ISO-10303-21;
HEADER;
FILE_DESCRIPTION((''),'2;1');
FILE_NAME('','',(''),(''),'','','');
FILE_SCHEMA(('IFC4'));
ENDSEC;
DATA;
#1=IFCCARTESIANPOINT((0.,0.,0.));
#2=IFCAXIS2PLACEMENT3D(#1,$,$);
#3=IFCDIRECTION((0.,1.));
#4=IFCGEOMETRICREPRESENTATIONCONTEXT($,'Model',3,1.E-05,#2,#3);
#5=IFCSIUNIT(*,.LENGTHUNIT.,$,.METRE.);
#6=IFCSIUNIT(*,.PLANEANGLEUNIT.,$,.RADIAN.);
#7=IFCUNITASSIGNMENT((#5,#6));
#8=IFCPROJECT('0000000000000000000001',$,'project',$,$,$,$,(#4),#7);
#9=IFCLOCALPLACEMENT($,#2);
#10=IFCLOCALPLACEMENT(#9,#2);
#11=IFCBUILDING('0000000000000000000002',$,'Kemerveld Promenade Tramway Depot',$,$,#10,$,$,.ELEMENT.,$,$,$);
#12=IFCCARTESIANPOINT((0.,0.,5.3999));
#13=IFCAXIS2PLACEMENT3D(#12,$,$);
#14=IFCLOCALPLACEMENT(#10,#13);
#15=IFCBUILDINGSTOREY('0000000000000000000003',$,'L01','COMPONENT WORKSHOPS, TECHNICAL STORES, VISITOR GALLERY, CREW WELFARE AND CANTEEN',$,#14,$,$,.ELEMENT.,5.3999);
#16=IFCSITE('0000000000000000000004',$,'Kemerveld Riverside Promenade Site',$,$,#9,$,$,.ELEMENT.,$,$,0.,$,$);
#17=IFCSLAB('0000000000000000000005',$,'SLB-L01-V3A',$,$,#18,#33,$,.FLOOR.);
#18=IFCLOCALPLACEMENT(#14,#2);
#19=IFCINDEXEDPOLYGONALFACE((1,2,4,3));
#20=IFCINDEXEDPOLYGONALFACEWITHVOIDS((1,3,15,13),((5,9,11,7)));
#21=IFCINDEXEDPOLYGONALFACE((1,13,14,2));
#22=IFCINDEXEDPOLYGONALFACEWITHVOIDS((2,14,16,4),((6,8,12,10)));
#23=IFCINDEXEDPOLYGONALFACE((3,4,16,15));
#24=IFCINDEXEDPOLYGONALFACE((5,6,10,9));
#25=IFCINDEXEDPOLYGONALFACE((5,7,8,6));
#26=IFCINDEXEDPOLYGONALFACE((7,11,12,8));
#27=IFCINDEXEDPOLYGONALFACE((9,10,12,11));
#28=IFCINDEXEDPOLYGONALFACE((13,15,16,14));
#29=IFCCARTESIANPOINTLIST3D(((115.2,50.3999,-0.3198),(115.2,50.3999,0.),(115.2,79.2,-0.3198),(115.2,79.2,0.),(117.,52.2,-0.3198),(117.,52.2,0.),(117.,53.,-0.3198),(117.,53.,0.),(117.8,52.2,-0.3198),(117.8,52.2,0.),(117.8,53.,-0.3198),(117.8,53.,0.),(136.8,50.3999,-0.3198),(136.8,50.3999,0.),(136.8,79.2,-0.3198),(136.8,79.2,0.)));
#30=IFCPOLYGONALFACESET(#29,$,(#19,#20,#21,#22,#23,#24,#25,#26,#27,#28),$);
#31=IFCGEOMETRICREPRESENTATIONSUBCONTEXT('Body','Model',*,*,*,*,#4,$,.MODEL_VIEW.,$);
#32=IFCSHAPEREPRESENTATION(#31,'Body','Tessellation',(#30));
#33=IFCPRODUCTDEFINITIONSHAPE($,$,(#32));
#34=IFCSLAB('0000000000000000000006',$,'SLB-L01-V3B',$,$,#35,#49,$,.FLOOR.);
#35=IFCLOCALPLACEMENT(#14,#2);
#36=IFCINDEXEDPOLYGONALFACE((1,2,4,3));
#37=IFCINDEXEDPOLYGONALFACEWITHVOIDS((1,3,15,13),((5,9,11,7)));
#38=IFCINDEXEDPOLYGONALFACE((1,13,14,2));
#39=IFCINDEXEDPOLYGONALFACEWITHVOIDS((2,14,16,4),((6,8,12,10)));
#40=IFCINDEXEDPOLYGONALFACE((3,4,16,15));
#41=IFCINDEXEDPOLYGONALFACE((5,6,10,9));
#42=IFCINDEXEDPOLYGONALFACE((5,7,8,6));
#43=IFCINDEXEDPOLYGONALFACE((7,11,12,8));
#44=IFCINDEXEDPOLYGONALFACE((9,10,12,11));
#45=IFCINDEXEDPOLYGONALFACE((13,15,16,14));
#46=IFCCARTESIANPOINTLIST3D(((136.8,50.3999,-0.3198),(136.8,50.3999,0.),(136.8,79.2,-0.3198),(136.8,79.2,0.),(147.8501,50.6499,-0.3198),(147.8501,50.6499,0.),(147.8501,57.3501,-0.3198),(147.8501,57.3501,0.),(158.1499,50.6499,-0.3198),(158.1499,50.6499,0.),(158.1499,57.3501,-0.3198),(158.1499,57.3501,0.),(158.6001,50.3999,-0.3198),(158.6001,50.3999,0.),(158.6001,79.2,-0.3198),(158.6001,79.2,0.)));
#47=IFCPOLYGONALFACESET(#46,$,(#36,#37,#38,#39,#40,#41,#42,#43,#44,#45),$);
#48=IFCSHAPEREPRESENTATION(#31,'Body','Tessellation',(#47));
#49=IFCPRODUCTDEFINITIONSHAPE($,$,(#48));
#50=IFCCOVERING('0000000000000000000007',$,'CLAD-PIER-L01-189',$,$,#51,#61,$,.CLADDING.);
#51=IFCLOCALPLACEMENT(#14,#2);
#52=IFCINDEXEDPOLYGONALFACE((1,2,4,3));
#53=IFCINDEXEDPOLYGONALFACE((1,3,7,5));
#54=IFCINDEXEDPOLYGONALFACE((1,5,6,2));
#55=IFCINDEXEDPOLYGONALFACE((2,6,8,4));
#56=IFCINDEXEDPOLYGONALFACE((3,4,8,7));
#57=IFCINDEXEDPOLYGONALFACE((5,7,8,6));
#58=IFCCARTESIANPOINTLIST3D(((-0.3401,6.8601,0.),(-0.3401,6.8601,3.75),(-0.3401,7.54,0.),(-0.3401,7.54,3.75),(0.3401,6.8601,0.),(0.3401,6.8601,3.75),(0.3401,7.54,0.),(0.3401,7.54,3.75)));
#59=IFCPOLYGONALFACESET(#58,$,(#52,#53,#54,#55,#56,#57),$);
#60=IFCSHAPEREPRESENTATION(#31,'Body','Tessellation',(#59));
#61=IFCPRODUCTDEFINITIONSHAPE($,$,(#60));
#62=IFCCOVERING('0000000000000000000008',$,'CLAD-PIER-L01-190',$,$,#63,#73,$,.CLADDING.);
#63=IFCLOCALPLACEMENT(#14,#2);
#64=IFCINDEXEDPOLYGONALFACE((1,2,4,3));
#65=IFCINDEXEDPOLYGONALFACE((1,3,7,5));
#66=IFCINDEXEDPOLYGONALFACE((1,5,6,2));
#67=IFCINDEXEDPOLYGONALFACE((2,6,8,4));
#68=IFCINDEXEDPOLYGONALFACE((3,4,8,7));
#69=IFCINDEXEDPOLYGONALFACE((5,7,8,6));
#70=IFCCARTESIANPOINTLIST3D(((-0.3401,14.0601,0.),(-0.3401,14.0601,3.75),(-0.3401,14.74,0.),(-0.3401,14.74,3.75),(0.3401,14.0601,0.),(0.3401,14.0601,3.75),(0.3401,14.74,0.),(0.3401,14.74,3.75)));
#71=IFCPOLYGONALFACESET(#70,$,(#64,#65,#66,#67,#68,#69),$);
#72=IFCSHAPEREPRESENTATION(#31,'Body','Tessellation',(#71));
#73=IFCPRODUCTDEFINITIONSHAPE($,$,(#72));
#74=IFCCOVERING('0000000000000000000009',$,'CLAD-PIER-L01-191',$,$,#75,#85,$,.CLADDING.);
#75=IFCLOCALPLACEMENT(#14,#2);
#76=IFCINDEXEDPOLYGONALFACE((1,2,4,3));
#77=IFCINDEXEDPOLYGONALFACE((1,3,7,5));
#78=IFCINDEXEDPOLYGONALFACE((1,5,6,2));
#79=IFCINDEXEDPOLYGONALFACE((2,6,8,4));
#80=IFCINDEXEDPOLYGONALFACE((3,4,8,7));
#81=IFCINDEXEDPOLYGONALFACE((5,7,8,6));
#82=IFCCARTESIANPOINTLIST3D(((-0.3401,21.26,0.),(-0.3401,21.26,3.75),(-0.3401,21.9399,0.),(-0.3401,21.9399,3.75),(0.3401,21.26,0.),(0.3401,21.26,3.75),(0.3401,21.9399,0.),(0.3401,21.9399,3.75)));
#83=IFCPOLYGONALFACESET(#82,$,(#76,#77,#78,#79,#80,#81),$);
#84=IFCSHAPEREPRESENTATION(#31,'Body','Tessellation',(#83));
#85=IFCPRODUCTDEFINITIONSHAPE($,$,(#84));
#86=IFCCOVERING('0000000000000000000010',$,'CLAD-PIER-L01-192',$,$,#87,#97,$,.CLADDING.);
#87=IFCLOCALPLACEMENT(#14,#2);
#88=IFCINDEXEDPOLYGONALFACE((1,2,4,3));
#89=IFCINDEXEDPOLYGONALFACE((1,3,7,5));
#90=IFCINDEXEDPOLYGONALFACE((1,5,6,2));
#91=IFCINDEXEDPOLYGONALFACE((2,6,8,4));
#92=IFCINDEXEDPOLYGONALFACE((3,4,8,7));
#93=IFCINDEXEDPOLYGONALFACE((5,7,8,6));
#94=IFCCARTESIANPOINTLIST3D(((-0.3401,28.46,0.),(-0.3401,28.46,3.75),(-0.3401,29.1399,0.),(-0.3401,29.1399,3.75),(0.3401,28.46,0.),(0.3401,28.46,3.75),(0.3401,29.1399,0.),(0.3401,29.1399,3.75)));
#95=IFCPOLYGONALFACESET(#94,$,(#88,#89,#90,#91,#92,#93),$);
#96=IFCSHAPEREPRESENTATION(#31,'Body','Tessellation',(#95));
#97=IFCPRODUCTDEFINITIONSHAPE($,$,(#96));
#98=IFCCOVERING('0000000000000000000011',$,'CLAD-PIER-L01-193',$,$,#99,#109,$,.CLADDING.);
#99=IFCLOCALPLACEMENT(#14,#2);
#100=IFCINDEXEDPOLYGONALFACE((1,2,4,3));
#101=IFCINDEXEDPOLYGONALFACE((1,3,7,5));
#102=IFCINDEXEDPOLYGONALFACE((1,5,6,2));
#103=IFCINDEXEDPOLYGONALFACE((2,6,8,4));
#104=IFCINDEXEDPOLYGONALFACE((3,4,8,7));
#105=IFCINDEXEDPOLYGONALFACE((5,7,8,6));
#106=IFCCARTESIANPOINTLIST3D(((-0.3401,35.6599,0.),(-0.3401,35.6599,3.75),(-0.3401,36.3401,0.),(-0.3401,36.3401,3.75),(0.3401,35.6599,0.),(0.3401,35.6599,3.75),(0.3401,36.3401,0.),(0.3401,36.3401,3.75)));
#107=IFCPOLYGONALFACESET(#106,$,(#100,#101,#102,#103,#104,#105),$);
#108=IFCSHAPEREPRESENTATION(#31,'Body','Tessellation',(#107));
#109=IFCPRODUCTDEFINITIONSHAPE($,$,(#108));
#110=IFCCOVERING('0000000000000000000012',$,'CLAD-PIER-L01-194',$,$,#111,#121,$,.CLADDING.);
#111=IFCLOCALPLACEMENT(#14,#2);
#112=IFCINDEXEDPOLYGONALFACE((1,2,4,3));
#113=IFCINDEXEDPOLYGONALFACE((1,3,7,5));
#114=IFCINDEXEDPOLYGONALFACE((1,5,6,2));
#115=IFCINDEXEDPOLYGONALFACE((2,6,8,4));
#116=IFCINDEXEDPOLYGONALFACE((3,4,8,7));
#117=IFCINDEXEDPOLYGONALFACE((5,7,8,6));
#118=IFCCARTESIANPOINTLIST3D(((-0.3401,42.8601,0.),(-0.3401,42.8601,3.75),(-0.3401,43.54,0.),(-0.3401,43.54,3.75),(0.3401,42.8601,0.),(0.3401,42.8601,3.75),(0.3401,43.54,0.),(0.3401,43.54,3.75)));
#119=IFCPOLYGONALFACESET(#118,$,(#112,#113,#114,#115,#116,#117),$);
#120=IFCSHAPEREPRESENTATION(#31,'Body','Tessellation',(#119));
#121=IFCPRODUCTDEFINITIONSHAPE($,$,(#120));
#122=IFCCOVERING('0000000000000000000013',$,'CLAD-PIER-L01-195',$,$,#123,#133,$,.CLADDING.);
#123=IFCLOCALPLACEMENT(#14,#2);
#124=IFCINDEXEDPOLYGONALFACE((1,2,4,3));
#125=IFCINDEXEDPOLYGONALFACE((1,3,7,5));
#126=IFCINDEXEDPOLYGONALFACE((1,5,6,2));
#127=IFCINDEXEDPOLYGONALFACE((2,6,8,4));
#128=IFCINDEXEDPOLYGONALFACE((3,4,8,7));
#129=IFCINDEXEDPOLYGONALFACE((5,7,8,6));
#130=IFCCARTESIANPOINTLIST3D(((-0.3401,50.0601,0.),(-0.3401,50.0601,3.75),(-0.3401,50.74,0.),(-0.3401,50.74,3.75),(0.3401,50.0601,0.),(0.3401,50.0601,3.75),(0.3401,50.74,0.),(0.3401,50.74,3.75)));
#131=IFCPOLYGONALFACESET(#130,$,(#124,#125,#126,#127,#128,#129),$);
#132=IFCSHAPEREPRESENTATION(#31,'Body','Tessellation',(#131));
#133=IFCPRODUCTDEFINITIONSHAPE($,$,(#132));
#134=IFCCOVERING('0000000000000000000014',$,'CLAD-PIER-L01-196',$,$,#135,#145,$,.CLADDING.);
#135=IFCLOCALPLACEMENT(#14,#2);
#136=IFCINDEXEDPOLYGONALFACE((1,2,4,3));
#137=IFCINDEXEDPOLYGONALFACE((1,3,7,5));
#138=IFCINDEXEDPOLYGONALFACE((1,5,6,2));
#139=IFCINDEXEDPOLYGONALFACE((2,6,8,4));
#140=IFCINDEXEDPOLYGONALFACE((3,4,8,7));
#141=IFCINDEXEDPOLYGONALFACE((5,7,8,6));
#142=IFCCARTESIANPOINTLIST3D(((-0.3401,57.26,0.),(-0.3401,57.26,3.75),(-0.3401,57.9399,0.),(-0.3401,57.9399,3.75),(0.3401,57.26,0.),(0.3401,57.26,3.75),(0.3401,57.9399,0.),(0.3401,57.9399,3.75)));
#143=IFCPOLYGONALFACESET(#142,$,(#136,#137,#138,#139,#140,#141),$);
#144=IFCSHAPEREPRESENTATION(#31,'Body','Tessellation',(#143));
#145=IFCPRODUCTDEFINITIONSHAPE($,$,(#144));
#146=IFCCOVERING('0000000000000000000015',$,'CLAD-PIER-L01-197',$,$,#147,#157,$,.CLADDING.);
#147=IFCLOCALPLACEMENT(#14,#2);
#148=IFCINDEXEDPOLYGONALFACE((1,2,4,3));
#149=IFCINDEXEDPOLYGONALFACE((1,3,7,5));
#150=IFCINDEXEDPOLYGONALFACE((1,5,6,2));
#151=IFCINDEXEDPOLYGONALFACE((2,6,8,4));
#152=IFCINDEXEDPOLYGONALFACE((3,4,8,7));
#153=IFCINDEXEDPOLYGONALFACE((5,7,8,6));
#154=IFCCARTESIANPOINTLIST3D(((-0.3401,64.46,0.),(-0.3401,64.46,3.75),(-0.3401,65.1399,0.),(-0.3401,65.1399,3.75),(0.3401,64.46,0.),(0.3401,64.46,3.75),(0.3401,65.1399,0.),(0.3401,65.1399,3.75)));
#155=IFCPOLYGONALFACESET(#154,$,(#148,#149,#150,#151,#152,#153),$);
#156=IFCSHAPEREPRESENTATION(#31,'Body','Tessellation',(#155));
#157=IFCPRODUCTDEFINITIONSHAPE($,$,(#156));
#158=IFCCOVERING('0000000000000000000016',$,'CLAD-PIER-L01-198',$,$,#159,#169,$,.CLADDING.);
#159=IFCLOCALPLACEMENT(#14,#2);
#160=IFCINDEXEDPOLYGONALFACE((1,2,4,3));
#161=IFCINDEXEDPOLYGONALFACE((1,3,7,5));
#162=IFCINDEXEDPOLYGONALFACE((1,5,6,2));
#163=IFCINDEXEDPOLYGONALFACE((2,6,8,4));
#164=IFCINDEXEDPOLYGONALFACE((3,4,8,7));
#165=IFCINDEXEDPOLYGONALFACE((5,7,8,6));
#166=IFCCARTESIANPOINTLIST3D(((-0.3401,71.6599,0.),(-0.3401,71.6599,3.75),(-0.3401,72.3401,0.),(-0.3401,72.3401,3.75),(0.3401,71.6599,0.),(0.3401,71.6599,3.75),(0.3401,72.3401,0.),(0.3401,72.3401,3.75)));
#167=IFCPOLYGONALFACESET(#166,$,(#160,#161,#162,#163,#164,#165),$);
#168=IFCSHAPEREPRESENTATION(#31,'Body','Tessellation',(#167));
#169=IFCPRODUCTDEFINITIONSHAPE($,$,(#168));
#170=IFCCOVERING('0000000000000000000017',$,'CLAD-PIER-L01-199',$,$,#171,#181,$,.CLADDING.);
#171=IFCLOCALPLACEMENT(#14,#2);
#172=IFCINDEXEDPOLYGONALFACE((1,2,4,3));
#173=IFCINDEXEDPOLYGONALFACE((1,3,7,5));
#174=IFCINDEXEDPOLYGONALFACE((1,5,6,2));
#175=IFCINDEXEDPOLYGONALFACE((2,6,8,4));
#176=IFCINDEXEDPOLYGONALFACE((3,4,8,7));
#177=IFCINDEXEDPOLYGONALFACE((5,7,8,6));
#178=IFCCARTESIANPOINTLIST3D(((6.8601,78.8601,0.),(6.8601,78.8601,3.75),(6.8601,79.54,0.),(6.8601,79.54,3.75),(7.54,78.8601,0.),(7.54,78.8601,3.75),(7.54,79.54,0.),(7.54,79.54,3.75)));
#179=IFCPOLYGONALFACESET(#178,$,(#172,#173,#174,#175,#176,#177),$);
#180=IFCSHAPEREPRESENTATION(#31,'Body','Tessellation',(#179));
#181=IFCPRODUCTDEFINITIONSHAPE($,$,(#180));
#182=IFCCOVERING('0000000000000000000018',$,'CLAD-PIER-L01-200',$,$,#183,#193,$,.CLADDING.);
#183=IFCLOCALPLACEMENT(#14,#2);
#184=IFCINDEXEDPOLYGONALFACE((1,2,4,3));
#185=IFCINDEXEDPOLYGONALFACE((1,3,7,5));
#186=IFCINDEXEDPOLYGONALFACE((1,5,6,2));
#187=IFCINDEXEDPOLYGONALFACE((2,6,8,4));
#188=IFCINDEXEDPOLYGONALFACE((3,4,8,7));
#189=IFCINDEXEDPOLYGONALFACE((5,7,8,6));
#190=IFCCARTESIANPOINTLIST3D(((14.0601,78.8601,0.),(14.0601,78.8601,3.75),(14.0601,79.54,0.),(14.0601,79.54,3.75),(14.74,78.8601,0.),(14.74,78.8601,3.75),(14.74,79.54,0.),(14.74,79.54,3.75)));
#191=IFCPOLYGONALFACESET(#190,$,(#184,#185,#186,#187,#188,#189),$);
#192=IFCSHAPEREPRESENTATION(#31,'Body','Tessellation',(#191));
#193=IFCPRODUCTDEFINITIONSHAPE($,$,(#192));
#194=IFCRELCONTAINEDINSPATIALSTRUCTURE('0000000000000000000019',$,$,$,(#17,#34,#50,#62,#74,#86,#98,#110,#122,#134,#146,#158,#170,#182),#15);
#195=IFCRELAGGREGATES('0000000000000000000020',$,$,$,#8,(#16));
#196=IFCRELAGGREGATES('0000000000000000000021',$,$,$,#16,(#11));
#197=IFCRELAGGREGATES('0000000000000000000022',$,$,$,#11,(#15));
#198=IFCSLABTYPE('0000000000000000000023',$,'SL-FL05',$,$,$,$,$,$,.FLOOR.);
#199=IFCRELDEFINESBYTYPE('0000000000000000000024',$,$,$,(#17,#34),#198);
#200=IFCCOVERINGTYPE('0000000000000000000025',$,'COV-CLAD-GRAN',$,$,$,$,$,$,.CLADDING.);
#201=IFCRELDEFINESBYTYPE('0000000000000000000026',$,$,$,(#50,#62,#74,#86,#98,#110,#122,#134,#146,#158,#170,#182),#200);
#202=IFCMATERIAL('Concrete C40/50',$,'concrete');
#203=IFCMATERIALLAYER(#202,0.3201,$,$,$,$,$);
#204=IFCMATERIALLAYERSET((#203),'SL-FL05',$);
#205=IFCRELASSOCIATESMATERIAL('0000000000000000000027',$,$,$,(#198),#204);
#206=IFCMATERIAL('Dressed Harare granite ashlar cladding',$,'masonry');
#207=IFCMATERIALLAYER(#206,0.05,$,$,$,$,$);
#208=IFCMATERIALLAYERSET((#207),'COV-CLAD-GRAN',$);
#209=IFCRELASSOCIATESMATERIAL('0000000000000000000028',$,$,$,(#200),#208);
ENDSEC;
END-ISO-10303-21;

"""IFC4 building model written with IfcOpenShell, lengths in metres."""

from ifc_helpers import new_model, si_unit, direction, frame, origin, place, context, subcontext, project, spatial, polyline, outline, extrude, material, layer, layer_set, type_object, element, save


model = new_model("IFC4")

# Units and contexts
model_context = context("Model", 3, precision=1e-05, world=origin(), true_north=direction((0.0, 1.0)))
body_context = subcontext(model_context, "Body", "Model", "MODEL_VIEW")
ifc_project = project(units=[si_unit("LENGTHUNIT", "METRE"), si_unit("PLANEANGLEUNIT", "RADIAN")], contexts=[model_context])

# Site, building, storey
site_placement = place(None, origin())
site = spatial("IfcSite", under=ifc_project, at=site_placement, Name="Kemerveld Riverside Promenade Site", CompositionType="ELEMENT", RefElevation=0.0)
building_placement = place(site_placement, origin())
building = spatial("IfcBuilding", under=site, at=building_placement, Name="Kemerveld Promenade Tramway Depot", CompositionType="ELEMENT")
storey_placement = place(building_placement, frame((0.0, 0.0, 5.3999)))
storey = spatial("IfcBuildingStorey", under=building, at=storey_placement, Name="L01", Description="COMPONENT WORKSHOPS, TECHNICAL STORES, VISITOR GALLERY, CREW WELFARE AND CANTEEN", CompositionType="ELEMENT", Elevation=5.3999)

# Shared definitions
ifc_material_1 = material(Name="Concrete C40/50", Category="concrete")

# Slabs
ifc_layer_1 = layer(ifc_material_1, 0.3201)
ifc_layer_set_1 = layer_set([ifc_layer_1], Name="SL-FL05")
slab_type_1 = type_object("IfcSlabType", Name="SL-FL05", PredefinedType="FLOOR", material=ifc_layer_set_1)
slab_1_placement = place(storey_placement, frame((0.0, 0.0, -0.3198)))
element("IfcSlab", 1, at=slab_1_placement, inside=storey, type_object=slab_type_1, Name="SLB-L01-V3A", PredefinedType="FLOOR", context=body_context, shape_type="SweptSolid", body=[
    extrude(outline(polyline([(115.2, 50.3999), (136.8, 50.3999), (136.8, 79.2), (115.2, 79.2), (115.2, 50.3999)]), holes=[polyline([(117.0, 52.2), (117.8, 52.2), (117.8, 53.0), (117.0, 53.0), (117.0, 52.2)])]), origin(), (0.0, 0.0, 1.0), 0.3198),
])
slab_2_placement = place(storey_placement, frame((0.0, 0.0, -0.3198)))
element("IfcSlab", 2, at=slab_2_placement, inside=storey, type_object=slab_type_1, Name="SLB-L01-V3B", PredefinedType="FLOOR", context=body_context, shape_type="SweptSolid", body=[
    extrude(outline(polyline([(136.8, 50.3999), (158.6001, 50.3999), (158.6001, 79.2), (136.8, 79.2), (136.8, 50.3999)]), holes=[polyline([(147.8501, 50.6499), (158.1499, 50.6499), (158.1499, 57.3501), (147.8501, 57.3501), (147.8501, 50.6499)])]), origin(), (0.0, 0.0, 1.0), 0.3198),
])

# Coverings
ifc_material_2 = material(Name="Dressed Harare granite ashlar cladding", Category="masonry")
ifc_layer_2 = layer(ifc_material_2, 0.05)
ifc_layer_set_2 = layer_set([ifc_layer_2], Name="COV-CLAD-GRAN")
covering_type = type_object("IfcCoveringType", Name="COV-CLAD-GRAN", PredefinedType="CLADDING", material=ifc_layer_set_2)
covering_1_placement = place(storey_placement, origin())
element("IfcCovering", 3, at=covering_1_placement, inside=storey, type_object=covering_type, Name="CLAD-PIER-L01-189", PredefinedType="CLADDING", context=body_context, shape_type="SweptSolid", body=[
    extrude(outline(polyline([(-0.3401, 6.8601), (0.3401, 6.8601), (0.3401, 7.54), (-0.3401, 7.54), (-0.3401, 6.8601)])), origin(), (0.0, 0.0, 1.0), 3.75),
])
covering_2_placement = place(storey_placement, origin())
element("IfcCovering", 4, at=covering_2_placement, inside=storey, type_object=covering_type, Name="CLAD-PIER-L01-190", PredefinedType="CLADDING", context=body_context, shape_type="SweptSolid", body=[
    extrude(outline(polyline([(-0.3401, 14.0601), (0.3401, 14.0601), (0.3401, 14.74), (-0.3401, 14.74), (-0.3401, 14.0601)])), origin(), (0.0, 0.0, 1.0), 3.75),
])
covering_3_placement = place(storey_placement, origin())
element("IfcCovering", 5, at=covering_3_placement, inside=storey, type_object=covering_type, Name="CLAD-PIER-L01-191", PredefinedType="CLADDING", context=body_context, shape_type="SweptSolid", body=[
    extrude(outline(polyline([(-0.3401, 21.26), (0.3401, 21.26), (0.3401, 21.9399), (-0.3401, 21.9399), (-0.3401, 21.26)])), origin(), (0.0, 0.0, 1.0), 3.75),
])
covering_4_placement = place(storey_placement, origin())
element("IfcCovering", 6, at=covering_4_placement, inside=storey, type_object=covering_type, Name="CLAD-PIER-L01-192", PredefinedType="CLADDING", context=body_context, shape_type="SweptSolid", body=[
    extrude(outline(polyline([(-0.3401, 28.46), (0.3401, 28.46), (0.3401, 29.1399), (-0.3401, 29.1399), (-0.3401, 28.46)])), origin(), (0.0, 0.0, 1.0), 3.75),
])
covering_5_placement = place(storey_placement, origin())
element("IfcCovering", 7, at=covering_5_placement, inside=storey, type_object=covering_type, Name="CLAD-PIER-L01-193", PredefinedType="CLADDING", context=body_context, shape_type="SweptSolid", body=[
    extrude(outline(polyline([(-0.3401, 35.6599), (0.3401, 35.6599), (0.3401, 36.3401), (-0.3401, 36.3401), (-0.3401, 35.6599)])), origin(), (0.0, 0.0, 1.0), 3.75),
])
covering_6_placement = place(storey_placement, origin())
element("IfcCovering", 8, at=covering_6_placement, inside=storey, type_object=covering_type, Name="CLAD-PIER-L01-194", PredefinedType="CLADDING", context=body_context, shape_type="SweptSolid", body=[
    extrude(outline(polyline([(-0.3401, 42.8601), (0.3401, 42.8601), (0.3401, 43.54), (-0.3401, 43.54), (-0.3401, 42.8601)])), origin(), (0.0, 0.0, 1.0), 3.75),
])
covering_7_placement = place(storey_placement, origin())
element("IfcCovering", 9, at=covering_7_placement, inside=storey, type_object=covering_type, Name="CLAD-PIER-L01-195", PredefinedType="CLADDING", context=body_context, shape_type="SweptSolid", body=[
    extrude(outline(polyline([(-0.3401, 50.0601), (0.3401, 50.0601), (0.3401, 50.74), (-0.3401, 50.74), (-0.3401, 50.0601)])), origin(), (0.0, 0.0, 1.0), 3.75),
])
covering_8_placement = place(storey_placement, origin())
element("IfcCovering", 10, at=covering_8_placement, inside=storey, type_object=covering_type, Name="CLAD-PIER-L01-196", PredefinedType="CLADDING", context=body_context, shape_type="SweptSolid", body=[
    extrude(outline(polyline([(-0.3401, 57.26), (0.3401, 57.26), (0.3401, 57.9399), (-0.3401, 57.9399), (-0.3401, 57.26)])), origin(), (0.0, 0.0, 1.0), 3.75),
])
covering_9_placement = place(storey_placement, origin())
element("IfcCovering", 11, at=covering_9_placement, inside=storey, type_object=covering_type, Name="CLAD-PIER-L01-197", PredefinedType="CLADDING", context=body_context, shape_type="SweptSolid", body=[
    extrude(outline(polyline([(-0.3401, 64.46), (0.3401, 64.46), (0.3401, 65.1399), (-0.3401, 65.1399), (-0.3401, 64.46)])), origin(), (0.0, 0.0, 1.0), 3.75),
])
covering_10_placement = place(storey_placement, origin())
element("IfcCovering", 12, at=covering_10_placement, inside=storey, type_object=covering_type, Name="CLAD-PIER-L01-198", PredefinedType="CLADDING", context=body_context, shape_type="SweptSolid", body=[
    extrude(outline(polyline([(-0.3401, 71.6599), (0.3401, 71.6599), (0.3401, 72.3401), (-0.3401, 72.3401), (-0.3401, 71.6599)])), origin(), (0.0, 0.0, 1.0), 3.75),
])
covering_11_placement = place(storey_placement, origin())
element("IfcCovering", 13, at=covering_11_placement, inside=storey, type_object=covering_type, Name="CLAD-PIER-L01-199", PredefinedType="CLADDING", context=body_context, shape_type="SweptSolid", body=[
    extrude(outline(polyline([(6.8601, 78.8601), (7.54, 78.8601), (7.54, 79.54), (6.8601, 79.54), (6.8601, 78.8601)])), origin(), (0.0, 0.0, 1.0), 3.75),
])
covering_12_placement = place(storey_placement, origin())
element("IfcCovering", 14, at=covering_12_placement, inside=storey, type_object=covering_type, Name="CLAD-PIER-L01-200", PredefinedType="CLADDING", context=body_context, shape_type="SweptSolid", body=[
    extrude(outline(polyline([(14.0601, 78.8601), (14.74, 78.8601), (14.74, 79.54), (14.0601, 79.54), (14.0601, 78.8601)])), origin(), (0.0, 0.0, 1.0), 3.75),
])

save(model, "model.ifc")
